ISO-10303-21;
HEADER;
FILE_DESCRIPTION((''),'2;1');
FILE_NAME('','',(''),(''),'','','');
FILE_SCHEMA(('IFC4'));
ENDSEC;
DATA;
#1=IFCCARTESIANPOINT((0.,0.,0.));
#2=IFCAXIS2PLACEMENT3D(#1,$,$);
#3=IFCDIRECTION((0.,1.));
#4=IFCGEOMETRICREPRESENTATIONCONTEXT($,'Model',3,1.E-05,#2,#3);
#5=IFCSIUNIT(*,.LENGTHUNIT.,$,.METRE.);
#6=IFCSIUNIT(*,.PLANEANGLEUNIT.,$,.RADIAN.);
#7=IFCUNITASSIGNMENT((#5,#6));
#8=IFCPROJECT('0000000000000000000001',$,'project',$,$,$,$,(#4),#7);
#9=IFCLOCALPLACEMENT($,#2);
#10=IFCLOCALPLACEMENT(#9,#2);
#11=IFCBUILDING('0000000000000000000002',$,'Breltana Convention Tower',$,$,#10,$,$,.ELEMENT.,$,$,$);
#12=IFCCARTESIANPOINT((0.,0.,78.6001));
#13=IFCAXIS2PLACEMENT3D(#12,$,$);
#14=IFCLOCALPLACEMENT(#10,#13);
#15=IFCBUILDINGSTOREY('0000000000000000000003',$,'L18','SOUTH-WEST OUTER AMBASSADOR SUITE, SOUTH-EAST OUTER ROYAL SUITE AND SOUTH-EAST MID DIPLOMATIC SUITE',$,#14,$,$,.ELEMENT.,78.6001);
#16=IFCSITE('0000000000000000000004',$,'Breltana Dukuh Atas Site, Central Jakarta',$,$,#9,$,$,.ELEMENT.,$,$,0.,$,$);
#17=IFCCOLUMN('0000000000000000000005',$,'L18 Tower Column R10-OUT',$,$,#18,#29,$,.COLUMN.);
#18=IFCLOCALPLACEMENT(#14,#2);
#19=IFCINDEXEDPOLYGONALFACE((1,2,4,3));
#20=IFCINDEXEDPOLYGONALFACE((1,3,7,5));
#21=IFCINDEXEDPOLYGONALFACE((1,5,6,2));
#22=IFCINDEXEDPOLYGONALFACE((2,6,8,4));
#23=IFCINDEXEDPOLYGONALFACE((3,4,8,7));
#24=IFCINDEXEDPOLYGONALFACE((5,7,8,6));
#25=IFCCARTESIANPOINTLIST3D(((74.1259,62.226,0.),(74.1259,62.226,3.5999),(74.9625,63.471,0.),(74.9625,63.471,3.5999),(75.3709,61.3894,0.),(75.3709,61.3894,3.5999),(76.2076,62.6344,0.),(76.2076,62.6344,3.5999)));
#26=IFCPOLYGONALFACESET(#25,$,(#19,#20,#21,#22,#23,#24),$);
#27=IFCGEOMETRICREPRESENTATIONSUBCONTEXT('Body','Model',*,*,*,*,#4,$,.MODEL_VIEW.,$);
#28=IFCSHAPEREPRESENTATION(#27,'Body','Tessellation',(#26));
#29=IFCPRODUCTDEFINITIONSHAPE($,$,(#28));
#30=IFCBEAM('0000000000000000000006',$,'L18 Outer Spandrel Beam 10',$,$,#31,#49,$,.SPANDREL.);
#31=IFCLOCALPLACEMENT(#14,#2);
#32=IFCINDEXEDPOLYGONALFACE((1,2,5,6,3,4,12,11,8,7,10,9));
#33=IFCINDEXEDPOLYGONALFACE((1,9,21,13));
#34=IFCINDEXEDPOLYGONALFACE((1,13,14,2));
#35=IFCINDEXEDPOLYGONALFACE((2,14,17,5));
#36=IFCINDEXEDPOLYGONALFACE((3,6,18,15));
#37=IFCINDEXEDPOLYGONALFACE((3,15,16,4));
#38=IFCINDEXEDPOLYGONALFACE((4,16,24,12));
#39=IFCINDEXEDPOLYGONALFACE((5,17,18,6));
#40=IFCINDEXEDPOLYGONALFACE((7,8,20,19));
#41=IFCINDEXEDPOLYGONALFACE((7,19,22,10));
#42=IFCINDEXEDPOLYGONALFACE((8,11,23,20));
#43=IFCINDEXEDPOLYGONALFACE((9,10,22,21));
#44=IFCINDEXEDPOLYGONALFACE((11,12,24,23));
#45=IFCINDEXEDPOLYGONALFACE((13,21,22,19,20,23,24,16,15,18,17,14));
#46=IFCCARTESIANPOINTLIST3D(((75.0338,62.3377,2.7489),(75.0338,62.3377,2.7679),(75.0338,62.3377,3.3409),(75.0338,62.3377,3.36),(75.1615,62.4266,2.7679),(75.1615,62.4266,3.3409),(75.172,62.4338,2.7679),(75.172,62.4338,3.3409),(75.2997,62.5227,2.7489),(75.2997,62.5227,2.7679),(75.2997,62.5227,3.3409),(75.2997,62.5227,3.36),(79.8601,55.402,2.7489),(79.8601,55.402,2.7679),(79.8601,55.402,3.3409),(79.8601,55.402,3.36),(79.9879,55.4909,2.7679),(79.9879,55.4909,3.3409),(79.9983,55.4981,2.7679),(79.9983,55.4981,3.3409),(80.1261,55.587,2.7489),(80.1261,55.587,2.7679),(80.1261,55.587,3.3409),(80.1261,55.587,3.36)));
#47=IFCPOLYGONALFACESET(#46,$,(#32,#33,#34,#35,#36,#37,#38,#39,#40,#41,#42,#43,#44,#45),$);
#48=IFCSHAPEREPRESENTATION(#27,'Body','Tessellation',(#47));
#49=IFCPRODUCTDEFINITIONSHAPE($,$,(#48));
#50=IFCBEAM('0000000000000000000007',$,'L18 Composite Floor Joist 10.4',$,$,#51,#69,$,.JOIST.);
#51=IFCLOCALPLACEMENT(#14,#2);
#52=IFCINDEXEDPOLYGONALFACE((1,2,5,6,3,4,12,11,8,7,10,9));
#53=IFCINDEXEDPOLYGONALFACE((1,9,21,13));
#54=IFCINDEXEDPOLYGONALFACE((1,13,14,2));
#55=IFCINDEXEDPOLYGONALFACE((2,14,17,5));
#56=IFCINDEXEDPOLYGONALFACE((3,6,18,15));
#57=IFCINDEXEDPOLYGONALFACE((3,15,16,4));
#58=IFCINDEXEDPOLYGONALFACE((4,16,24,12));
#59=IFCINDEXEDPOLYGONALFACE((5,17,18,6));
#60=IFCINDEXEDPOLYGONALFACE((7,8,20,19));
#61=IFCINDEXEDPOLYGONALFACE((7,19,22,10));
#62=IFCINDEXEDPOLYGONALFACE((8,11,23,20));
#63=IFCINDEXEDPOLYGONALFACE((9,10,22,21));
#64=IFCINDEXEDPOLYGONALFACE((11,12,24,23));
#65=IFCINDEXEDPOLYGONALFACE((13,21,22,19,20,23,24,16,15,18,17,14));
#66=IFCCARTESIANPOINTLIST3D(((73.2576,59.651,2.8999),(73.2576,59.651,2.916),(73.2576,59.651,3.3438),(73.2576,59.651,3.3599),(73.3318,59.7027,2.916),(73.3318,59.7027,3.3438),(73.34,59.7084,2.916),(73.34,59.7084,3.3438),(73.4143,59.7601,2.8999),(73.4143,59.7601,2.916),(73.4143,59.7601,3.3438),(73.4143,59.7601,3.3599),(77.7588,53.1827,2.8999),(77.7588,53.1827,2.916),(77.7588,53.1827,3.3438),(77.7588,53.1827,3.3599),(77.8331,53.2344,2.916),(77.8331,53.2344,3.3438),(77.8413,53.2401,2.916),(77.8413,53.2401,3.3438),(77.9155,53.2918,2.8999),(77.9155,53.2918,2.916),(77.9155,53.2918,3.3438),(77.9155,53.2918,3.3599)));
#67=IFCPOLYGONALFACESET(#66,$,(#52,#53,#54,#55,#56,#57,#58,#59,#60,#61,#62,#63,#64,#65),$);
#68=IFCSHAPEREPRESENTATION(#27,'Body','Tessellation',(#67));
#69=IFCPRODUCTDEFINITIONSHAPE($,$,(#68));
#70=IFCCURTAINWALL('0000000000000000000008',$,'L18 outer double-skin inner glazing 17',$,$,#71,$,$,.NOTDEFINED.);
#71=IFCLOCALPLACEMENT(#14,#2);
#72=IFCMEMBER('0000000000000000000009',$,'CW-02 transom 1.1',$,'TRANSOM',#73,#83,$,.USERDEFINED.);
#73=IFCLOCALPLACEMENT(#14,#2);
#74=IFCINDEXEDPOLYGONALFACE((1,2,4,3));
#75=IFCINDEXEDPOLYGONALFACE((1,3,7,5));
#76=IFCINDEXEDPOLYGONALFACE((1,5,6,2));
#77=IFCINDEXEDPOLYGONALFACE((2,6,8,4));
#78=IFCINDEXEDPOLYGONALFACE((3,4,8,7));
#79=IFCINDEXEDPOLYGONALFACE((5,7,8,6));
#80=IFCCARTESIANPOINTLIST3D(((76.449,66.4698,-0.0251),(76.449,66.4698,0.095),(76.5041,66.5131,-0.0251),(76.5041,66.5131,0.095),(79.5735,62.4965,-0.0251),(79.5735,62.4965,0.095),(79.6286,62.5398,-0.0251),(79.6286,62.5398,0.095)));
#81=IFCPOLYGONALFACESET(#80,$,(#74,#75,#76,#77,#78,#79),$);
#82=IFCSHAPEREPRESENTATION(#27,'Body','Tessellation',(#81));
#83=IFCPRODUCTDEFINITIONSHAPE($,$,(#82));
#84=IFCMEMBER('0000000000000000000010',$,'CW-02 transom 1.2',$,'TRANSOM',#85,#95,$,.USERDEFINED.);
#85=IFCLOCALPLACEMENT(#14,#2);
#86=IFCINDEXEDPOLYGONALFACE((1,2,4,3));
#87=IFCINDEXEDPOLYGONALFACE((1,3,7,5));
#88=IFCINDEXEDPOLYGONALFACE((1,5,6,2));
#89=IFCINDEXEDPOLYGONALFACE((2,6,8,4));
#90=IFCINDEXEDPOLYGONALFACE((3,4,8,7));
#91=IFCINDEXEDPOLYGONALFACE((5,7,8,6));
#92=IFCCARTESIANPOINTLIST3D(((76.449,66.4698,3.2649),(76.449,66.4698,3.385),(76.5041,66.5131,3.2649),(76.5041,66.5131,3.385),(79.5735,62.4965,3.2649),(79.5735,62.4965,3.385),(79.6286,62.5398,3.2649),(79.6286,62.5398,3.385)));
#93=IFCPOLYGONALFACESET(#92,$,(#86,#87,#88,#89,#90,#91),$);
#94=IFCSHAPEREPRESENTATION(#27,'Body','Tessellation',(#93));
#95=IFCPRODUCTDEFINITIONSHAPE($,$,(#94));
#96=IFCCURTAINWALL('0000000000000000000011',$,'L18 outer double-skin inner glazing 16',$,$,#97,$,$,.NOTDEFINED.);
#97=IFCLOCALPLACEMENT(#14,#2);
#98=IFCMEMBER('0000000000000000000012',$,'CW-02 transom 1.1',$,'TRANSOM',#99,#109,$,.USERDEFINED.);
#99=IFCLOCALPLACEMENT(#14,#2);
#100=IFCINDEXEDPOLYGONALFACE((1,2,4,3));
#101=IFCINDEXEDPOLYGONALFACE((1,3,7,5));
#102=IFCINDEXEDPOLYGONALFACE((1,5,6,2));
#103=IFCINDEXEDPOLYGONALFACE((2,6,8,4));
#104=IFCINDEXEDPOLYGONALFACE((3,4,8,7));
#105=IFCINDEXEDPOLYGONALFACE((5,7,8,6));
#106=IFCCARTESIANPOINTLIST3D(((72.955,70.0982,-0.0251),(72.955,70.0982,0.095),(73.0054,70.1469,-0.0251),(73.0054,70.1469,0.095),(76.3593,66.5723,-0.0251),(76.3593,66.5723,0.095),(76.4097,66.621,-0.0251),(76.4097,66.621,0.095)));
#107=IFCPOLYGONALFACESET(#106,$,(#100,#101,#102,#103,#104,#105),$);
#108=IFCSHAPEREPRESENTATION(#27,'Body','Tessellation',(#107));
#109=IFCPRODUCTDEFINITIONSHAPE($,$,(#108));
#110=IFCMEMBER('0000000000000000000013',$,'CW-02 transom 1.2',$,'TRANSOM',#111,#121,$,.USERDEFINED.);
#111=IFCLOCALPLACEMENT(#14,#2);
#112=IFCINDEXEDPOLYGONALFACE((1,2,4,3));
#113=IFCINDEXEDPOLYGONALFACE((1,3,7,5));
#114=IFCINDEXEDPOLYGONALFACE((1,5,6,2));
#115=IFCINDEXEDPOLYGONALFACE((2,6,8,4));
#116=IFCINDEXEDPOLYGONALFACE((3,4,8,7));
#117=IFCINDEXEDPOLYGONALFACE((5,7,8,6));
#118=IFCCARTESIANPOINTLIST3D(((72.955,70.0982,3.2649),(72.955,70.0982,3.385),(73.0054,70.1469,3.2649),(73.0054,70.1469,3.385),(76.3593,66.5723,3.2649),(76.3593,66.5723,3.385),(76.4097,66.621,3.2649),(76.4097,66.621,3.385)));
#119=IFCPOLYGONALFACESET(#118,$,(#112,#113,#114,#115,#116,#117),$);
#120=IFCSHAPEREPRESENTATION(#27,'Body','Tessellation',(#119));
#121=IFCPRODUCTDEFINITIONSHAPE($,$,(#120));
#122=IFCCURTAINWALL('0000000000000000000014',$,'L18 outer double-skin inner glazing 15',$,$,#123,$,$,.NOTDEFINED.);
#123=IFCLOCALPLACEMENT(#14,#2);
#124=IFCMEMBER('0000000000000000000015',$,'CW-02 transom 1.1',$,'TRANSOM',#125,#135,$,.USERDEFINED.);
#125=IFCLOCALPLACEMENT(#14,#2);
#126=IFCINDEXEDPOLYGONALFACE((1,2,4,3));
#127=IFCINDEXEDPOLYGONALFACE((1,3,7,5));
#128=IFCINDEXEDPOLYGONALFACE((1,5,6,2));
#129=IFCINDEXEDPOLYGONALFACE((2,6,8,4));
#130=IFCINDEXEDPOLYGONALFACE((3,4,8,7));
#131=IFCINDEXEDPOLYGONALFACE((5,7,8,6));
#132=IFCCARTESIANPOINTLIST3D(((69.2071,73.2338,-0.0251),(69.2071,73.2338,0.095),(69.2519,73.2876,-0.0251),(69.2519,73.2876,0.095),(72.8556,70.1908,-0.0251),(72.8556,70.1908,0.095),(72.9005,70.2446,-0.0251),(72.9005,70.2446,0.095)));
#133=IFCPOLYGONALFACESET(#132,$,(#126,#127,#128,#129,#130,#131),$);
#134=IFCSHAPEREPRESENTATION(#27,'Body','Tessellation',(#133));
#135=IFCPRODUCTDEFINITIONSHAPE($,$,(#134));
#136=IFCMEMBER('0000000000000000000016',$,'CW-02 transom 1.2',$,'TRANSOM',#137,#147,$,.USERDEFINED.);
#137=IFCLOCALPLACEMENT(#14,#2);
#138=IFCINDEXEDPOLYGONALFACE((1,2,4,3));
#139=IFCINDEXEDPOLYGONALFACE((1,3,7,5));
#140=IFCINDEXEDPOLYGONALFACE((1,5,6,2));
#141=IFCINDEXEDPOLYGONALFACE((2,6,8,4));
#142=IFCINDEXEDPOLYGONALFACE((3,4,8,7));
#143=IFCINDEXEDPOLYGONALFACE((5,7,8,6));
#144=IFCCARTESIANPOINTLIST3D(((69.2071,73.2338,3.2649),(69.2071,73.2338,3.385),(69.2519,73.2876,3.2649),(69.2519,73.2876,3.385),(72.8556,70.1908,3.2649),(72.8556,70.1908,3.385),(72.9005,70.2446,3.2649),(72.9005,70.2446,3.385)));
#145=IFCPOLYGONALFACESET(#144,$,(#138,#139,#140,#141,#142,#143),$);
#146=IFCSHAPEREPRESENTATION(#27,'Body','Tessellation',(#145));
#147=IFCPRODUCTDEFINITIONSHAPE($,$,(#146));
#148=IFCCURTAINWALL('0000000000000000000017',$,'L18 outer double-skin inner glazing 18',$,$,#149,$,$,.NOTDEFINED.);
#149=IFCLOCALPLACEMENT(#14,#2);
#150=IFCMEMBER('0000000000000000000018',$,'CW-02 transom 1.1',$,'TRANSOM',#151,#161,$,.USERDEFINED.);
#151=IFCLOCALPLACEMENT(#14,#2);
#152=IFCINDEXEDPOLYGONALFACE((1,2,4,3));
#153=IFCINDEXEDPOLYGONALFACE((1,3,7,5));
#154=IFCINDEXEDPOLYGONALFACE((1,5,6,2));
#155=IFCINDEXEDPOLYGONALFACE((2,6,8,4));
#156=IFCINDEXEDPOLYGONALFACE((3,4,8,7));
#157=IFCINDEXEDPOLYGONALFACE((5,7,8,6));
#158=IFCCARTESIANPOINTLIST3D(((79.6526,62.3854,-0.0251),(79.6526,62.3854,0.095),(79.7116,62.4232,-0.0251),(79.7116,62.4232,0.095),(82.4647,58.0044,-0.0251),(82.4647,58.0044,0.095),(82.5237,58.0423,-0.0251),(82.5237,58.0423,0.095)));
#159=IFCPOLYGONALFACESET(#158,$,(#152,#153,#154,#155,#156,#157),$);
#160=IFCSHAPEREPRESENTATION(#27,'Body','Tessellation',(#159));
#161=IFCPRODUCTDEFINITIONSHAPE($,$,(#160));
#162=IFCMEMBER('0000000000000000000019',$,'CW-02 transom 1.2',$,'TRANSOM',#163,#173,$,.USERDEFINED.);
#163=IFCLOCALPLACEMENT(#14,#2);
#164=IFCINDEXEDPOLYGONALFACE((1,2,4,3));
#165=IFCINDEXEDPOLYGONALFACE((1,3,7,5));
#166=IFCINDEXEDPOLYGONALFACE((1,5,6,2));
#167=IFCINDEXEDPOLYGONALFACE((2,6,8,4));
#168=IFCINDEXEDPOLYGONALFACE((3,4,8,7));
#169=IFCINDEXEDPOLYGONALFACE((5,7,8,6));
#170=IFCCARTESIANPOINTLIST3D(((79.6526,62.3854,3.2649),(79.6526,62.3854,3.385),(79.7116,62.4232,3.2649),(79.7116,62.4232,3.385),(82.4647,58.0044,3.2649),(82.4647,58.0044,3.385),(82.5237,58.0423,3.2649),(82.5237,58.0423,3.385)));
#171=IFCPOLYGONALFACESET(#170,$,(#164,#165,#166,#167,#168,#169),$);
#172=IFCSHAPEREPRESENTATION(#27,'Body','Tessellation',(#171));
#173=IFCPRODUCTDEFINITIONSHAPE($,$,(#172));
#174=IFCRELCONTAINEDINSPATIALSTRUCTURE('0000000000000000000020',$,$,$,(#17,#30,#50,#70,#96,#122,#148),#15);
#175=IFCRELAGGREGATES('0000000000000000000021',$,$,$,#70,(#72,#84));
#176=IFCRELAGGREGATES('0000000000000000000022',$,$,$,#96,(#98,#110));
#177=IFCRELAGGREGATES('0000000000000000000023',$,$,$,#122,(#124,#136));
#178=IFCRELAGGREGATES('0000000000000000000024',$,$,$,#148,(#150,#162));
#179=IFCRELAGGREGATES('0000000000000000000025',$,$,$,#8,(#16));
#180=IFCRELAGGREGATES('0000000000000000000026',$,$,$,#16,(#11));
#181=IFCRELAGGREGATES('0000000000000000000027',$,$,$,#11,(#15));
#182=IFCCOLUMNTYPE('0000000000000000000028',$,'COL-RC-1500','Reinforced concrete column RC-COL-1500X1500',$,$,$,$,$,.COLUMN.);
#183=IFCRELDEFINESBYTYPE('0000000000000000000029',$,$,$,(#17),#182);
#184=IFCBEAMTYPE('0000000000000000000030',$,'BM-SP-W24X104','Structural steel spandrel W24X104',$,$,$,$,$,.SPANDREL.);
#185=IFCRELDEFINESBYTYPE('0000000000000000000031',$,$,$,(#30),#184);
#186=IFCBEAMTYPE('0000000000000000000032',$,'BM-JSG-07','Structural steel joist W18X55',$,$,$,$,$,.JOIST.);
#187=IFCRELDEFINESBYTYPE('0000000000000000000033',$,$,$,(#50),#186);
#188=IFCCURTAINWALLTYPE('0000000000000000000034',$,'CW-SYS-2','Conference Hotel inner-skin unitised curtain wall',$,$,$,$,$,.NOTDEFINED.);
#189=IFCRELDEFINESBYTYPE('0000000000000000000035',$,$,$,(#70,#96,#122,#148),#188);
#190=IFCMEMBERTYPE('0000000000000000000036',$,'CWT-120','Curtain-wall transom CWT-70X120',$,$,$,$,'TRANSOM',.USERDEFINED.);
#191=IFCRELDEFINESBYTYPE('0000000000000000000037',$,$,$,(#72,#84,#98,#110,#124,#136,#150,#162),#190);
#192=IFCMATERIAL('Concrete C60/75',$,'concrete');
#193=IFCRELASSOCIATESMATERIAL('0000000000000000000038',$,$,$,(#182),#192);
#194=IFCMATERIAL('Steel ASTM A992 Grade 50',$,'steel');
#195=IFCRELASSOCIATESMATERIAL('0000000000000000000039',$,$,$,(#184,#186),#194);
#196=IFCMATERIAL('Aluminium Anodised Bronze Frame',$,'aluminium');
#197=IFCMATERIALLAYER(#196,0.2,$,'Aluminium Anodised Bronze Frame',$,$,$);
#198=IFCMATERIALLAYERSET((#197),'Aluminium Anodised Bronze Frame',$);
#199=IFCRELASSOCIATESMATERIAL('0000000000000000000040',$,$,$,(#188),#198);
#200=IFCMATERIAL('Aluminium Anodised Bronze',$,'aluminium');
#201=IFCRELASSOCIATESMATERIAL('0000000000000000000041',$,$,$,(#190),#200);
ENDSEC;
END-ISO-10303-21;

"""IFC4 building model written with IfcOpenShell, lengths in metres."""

from ifc_helpers import new_model, si_unit, direction, frame, origin, origin_2d, place, context, subcontext, project, spatial, rectangle, i_section, extrude, source, transform, mapped, material, layer, layer_set, material_profile, profile_set, type_object, element, aggregate, save


model = new_model("IFC4")

# Units and contexts
model_context = context("Model", 3, precision=1e-05, world=origin(), true_north=direction((0.0, 1.0)))
body_context = subcontext(model_context, "Body", "Model", "MODEL_VIEW")
ifc_project = project(units=[si_unit("LENGTHUNIT", "METRE"), si_unit("PLANEANGLEUNIT", "RADIAN")], contexts=[model_context])

# Site, building, storey
site_placement = place(None, origin())
site = spatial("IfcSite", under=ifc_project, at=site_placement, Name="Breltana Dukuh Atas Site, Central Jakarta", CompositionType="ELEMENT", RefElevation=0.0)
building_placement = place(site_placement, origin())
building = spatial("IfcBuilding", under=site, at=building_placement, Name="Breltana Convention Tower", CompositionType="ELEMENT")
storey_placement = place(building_placement, frame((0.0, 0.0, 78.6001)))
storey = spatial("IfcBuildingStorey", under=building, at=storey_placement, Name="L18", Description="SOUTH-WEST OUTER AMBASSADOR SUITE, SOUTH-EAST OUTER ROYAL SUITE AND SOUTH-EAST MID DIPLOMATIC SUITE", CompositionType="ELEMENT", Elevation=78.6001)

# Column
ifc_material_1 = material(Name="Concrete C60/75", Category="concrete")
ifc_material_profile_1 = material_profile(ifc_material_1, rectangle(XDim=1.5, YDim=1.5, at=origin_2d()), Name="RC-COL-1500X1500")
ifc_profile_set_1 = profile_set([ifc_material_profile_1], Name="Concrete C60/75")
column_type = type_object("IfcColumnType", Name="COL-RC-1500", Description="Reinforced concrete column RC-COL-1500X1500", PredefinedType="COLUMN", material=ifc_profile_set_1)
shared_shape_1 = source(origin(), body_context, "Body", "SweptSolid", [
    extrude(rectangle(XDim=1.5, YDim=1.5, at=origin_2d()), origin(), (0.0, 0.0, 1.0), 3.5999),
])
column_placement = place(storey_placement, frame((75.1667, 62.4302, 0.0), z_axis=(0.0, 0.0, 1.0), x_axis=(0.557745, 0.830012, 0.0)))
element("IfcColumn", 1, at=column_placement, inside=storey, type_object=column_type, Name="L18 Tower Column R10-OUT", PredefinedType="COLUMN", context=body_context, shape_type="MappedRepresentation", body=[
    mapped(shared_shape_1, transform((0.0, 0.0, 0.0), scale=1.0)),
])

# Beams
ifc_material_2 = material(Name="Steel ASTM A992 Grade 50", Category="steel")
ifc_material_profile_2 = material_profile(ifc_material_2, i_section(OverallWidth=0.324, OverallDepth=0.6111, WebThickness=0.0127, FlangeThickness=0.019, at=origin_2d()), Name="W24X104")
ifc_profile_set_2 = profile_set([ifc_material_profile_2], Name="Steel ASTM A992 Grade 50")
beam_type_1 = type_object("IfcBeamType", Name="BM-SP-W24X104", Description="Structural steel spandrel W24X104", PredefinedType="SPANDREL", material=ifc_profile_set_2)
shared_shape_2 = source(origin(), body_context, "Body", "SweptSolid", [
    extrude(i_section(OverallWidth=0.324, OverallDepth=0.6111, WebThickness=0.0127, FlangeThickness=0.019, at=origin_2d()), origin(), (0.0, 0.0, 1.0), 8.4497),
])
beam_1_placement = place(storey_placement, frame((75.1667, 62.4302, 3.0544), z_axis=(0.571186, -0.820821, 0.0), x_axis=(0.820821, 0.571186, 0.0)))
element("IfcBeam", 2, at=beam_1_placement, inside=storey, type_object=beam_type_1, Name="L18 Outer Spandrel Beam 10", PredefinedType="SPANDREL", context=body_context, shape_type="MappedRepresentation", body=[
    mapped(shared_shape_2, transform((0.0, 0.0, 0.0), scale=1.0)),
])
ifc_material_profile_3 = material_profile(ifc_material_2, i_section(OverallWidth=0.1909, OverallDepth=0.46, WebThickness=0.01, FlangeThickness=0.0161, at=origin_2d()), Name="W18X55")
ifc_profile_set_3 = profile_set([ifc_material_profile_3], Name="Steel ASTM A992 Grade 50")
beam_type_2 = type_object("IfcBeamType", Name="BM-JSG-07", Description="Structural steel joist W18X55", PredefinedType="JOIST", material=ifc_profile_set_3)
shared_shape_3 = source(origin(), body_context, "Body", "SweptSolid", [
    extrude(i_section(OverallWidth=0.1909, OverallDepth=0.46, WebThickness=0.01, FlangeThickness=0.0161, at=origin_2d()), origin(), (0.0, 0.0, 1.0), 7.8804),
])
beam_2_placement = place(storey_placement, frame((73.3359, 59.7056, 3.1299), z_axis=(0.571198, -0.820812, 0.0), x_axis=(0.820812, 0.571198, 0.0)))
element("IfcBeam", 3, at=beam_2_placement, inside=storey, type_object=beam_type_2, Name="L18 Composite Floor Joist 10.4", PredefinedType="JOIST", context=body_context, shape_type="MappedRepresentation", body=[
    mapped(shared_shape_3, transform((0.0, 0.0, 0.0), scale=1.0)),
])

# Curtain walls, members
ifc_material_3 = material(Name="Aluminium Anodised Bronze Frame", Category="aluminium")
ifc_layer_1 = layer(ifc_material_3, 0.2, Name="Aluminium Anodised Bronze Frame")
ifc_layer_set_1 = layer_set([ifc_layer_1], Name="Aluminium Anodised Bronze Frame")
curtain_wall_type = type_object("IfcCurtainWallType", Name="CW-SYS-2", Description="Conference Hotel inner-skin unitised curtain wall", PredefinedType="NOTDEFINED", material=ifc_layer_set_1)
curtain_wall_1_placement = place(storey_placement, origin())
curtain_wall_1 = element("IfcCurtainWall", 4, at=curtain_wall_1_placement, inside=storey, type_object=curtain_wall_type, Name="L18 outer double-skin inner glazing 17", PredefinedType="NOTDEFINED")
ifc_material_4 = material(Name="Aluminium Anodised Bronze", Category="aluminium")
ifc_material_profile_4 = material_profile(ifc_material_4, rectangle(XDim=0.0701, YDim=0.1201, at=origin_2d()), Name="CWT-70X120")
ifc_profile_set_4 = profile_set([ifc_material_profile_4], Name="Aluminium Anodised Bronze")
member_type_1 = type_object("IfcMemberType", Name="CWT-120", Description="Curtain-wall transom CWT-70X120", ElementType="TRANSOM", PredefinedType="USERDEFINED", material=ifc_profile_set_4)
shared_shape_4 = source(origin(), body_context, "Body", "SweptSolid", [
    extrude(rectangle(XDim=0.0701, YDim=0.1201, at=origin_2d()), origin(), (0.0, 0.0, 1.0), 5.0547),
])
member_1_placement = place(storey_placement, frame((76.4766, 66.4915, 0.0349), z_axis=(0.618135, -0.786072, 0.0), x_axis=(0.786072, 0.618135, 0.0)))
member_1 = element("IfcMember", 5, at=member_1_placement, type_object=member_type_1, Name="CW-02 transom 1.1", ObjectType="TRANSOM", PredefinedType="USERDEFINED", context=body_context, shape_type="MappedRepresentation", body=[
    mapped(shared_shape_4, transform((0.0, 0.0, 0.0), scale=1.0)),
])
member_2_placement = place(storey_placement, frame((76.4766, 66.4915, 3.325), z_axis=(0.618135, -0.786072, 0.0), x_axis=(0.786072, 0.618135, 0.0)))
member_2 = element("IfcMember", 6, at=member_2_placement, type_object=member_type_1, Name="CW-02 transom 1.2", ObjectType="TRANSOM", PredefinedType="USERDEFINED", context=body_context, shape_type="MappedRepresentation", body=[
    mapped(shared_shape_4, transform((0.0, 0.0, 0.0), scale=1.0)),
])
curtain_wall_2_placement = place(storey_placement, origin())
curtain_wall_2 = element("IfcCurtainWall", 7, at=curtain_wall_2_placement, inside=storey, type_object=curtain_wall_type, Name="L18 outer double-skin inner glazing 16", PredefinedType="NOTDEFINED")
shared_shape_5 = source(origin(), body_context, "Body", "SweptSolid", [
    extrude(rectangle(XDim=0.0701, YDim=0.1201, at=origin_2d()), origin(), (0.0, 0.0, 1.0), 4.9011),
])
member_3_placement = place(storey_placement, frame((72.9802, 70.1226, 0.0349), z_axis=(0.694595, -0.719401, 0.0), x_axis=(0.719401, 0.694595, 0.0)))
member_3 = element("IfcMember", 8, at=member_3_placement, type_object=member_type_1, Name="CW-02 transom 1.1", ObjectType="TRANSOM", PredefinedType="USERDEFINED", context=body_context, shape_type="MappedRepresentation", body=[
    mapped(shared_shape_5, transform((0.0, 0.0, 0.0), scale=1.0)),
])
member_4_placement = place(storey_placement, frame((72.9802, 70.1226, 3.325), z_axis=(0.694595, -0.719401, 0.0), x_axis=(0.719401, 0.694595, 0.0)))
member_4 = element("IfcMember", 9, at=member_4_placement, type_object=member_type_1, Name="CW-02 transom 1.2", ObjectType="TRANSOM", PredefinedType="USERDEFINED", context=body_context, shape_type="MappedRepresentation", body=[
    mapped(shared_shape_5, transform((0.0, 0.0, 0.0), scale=1.0)),
])
curtain_wall_3_placement = place(storey_placement, origin())
curtain_wall_3 = element("IfcCurtainWall", 10, at=curtain_wall_3_placement, inside=storey, type_object=curtain_wall_type, Name="L18 outer double-skin inner glazing 15", PredefinedType="NOTDEFINED")
shared_shape_6 = source(origin(), body_context, "Body", "SweptSolid", [
    extrude(rectangle(XDim=0.0701, YDim=0.1201, at=origin_2d()), origin(), (0.0, 0.0, 1.0), 4.751),
])
member_5_placement = place(storey_placement, frame((69.2295, 73.2607, 0.0349), z_axis=(0.767952, -0.640508, 0.0), x_axis=(0.640508, 0.767952, 0.0)))
member_5 = element("IfcMember", 11, at=member_5_placement, type_object=member_type_1, Name="CW-02 transom 1.1", ObjectType="TRANSOM", PredefinedType="USERDEFINED", context=body_context, shape_type="MappedRepresentation", body=[
    mapped(shared_shape_6, transform((0.0, 0.0, 0.0), scale=1.0)),
])
member_6_placement = place(storey_placement, frame((69.2295, 73.2607, 3.325), z_axis=(0.767952, -0.640508, 0.0), x_axis=(0.640508, 0.767952, 0.0)))
member_6 = element("IfcMember", 12, at=member_6_placement, type_object=member_type_1, Name="CW-02 transom 1.2", ObjectType="TRANSOM", PredefinedType="USERDEFINED", context=body_context, shape_type="MappedRepresentation", body=[
    mapped(shared_shape_6, transform((0.0, 0.0, 0.0), scale=1.0)),
])
curtain_wall_4_placement = place(storey_placement, origin())
curtain_wall_4 = element("IfcCurtainWall", 13, at=curtain_wall_4_placement, inside=storey, type_object=curtain_wall_type, Name="L18 outer double-skin inner glazing 18", PredefinedType="NOTDEFINED")
shared_shape_7 = source(origin(), body_context, "Body", "SweptSolid", [
    extrude(rectangle(XDim=0.0701, YDim=0.1201, at=origin_2d()), origin(), (0.0, 0.0, 1.0), 5.2058),
])
member_7_placement = place(storey_placement, frame((79.6821, 62.4043, 0.0349), z_axis=(0.540179, -0.84155, 0.0), x_axis=(0.84155, 0.540179, 0.0)))
member_7 = element("IfcMember", 14, at=member_7_placement, type_object=member_type_1, Name="CW-02 transom 1.1", ObjectType="TRANSOM", PredefinedType="USERDEFINED", context=body_context, shape_type="MappedRepresentation", body=[
    mapped(shared_shape_7, transform((0.0, 0.0, 0.0), scale=1.0)),
])
member_8_placement = place(storey_placement, frame((79.6821, 62.4043, 3.325), z_axis=(0.540179, -0.84155, 0.0), x_axis=(0.84155, 0.540179, 0.0)))
member_8 = element("IfcMember", 15, at=member_8_placement, type_object=member_type_1, Name="CW-02 transom 1.2", ObjectType="TRANSOM", PredefinedType="USERDEFINED", context=body_context, shape_type="MappedRepresentation", body=[
    mapped(shared_shape_7, transform((0.0, 0.0, 0.0), scale=1.0)),
])

aggregate(curtain_wall_1, [member_1, member_2])
aggregate(curtain_wall_2, [member_3, member_4])
aggregate(curtain_wall_3, [member_5, member_6])
aggregate(curtain_wall_4, [member_7, member_8])

save(model, "model.ifc")
